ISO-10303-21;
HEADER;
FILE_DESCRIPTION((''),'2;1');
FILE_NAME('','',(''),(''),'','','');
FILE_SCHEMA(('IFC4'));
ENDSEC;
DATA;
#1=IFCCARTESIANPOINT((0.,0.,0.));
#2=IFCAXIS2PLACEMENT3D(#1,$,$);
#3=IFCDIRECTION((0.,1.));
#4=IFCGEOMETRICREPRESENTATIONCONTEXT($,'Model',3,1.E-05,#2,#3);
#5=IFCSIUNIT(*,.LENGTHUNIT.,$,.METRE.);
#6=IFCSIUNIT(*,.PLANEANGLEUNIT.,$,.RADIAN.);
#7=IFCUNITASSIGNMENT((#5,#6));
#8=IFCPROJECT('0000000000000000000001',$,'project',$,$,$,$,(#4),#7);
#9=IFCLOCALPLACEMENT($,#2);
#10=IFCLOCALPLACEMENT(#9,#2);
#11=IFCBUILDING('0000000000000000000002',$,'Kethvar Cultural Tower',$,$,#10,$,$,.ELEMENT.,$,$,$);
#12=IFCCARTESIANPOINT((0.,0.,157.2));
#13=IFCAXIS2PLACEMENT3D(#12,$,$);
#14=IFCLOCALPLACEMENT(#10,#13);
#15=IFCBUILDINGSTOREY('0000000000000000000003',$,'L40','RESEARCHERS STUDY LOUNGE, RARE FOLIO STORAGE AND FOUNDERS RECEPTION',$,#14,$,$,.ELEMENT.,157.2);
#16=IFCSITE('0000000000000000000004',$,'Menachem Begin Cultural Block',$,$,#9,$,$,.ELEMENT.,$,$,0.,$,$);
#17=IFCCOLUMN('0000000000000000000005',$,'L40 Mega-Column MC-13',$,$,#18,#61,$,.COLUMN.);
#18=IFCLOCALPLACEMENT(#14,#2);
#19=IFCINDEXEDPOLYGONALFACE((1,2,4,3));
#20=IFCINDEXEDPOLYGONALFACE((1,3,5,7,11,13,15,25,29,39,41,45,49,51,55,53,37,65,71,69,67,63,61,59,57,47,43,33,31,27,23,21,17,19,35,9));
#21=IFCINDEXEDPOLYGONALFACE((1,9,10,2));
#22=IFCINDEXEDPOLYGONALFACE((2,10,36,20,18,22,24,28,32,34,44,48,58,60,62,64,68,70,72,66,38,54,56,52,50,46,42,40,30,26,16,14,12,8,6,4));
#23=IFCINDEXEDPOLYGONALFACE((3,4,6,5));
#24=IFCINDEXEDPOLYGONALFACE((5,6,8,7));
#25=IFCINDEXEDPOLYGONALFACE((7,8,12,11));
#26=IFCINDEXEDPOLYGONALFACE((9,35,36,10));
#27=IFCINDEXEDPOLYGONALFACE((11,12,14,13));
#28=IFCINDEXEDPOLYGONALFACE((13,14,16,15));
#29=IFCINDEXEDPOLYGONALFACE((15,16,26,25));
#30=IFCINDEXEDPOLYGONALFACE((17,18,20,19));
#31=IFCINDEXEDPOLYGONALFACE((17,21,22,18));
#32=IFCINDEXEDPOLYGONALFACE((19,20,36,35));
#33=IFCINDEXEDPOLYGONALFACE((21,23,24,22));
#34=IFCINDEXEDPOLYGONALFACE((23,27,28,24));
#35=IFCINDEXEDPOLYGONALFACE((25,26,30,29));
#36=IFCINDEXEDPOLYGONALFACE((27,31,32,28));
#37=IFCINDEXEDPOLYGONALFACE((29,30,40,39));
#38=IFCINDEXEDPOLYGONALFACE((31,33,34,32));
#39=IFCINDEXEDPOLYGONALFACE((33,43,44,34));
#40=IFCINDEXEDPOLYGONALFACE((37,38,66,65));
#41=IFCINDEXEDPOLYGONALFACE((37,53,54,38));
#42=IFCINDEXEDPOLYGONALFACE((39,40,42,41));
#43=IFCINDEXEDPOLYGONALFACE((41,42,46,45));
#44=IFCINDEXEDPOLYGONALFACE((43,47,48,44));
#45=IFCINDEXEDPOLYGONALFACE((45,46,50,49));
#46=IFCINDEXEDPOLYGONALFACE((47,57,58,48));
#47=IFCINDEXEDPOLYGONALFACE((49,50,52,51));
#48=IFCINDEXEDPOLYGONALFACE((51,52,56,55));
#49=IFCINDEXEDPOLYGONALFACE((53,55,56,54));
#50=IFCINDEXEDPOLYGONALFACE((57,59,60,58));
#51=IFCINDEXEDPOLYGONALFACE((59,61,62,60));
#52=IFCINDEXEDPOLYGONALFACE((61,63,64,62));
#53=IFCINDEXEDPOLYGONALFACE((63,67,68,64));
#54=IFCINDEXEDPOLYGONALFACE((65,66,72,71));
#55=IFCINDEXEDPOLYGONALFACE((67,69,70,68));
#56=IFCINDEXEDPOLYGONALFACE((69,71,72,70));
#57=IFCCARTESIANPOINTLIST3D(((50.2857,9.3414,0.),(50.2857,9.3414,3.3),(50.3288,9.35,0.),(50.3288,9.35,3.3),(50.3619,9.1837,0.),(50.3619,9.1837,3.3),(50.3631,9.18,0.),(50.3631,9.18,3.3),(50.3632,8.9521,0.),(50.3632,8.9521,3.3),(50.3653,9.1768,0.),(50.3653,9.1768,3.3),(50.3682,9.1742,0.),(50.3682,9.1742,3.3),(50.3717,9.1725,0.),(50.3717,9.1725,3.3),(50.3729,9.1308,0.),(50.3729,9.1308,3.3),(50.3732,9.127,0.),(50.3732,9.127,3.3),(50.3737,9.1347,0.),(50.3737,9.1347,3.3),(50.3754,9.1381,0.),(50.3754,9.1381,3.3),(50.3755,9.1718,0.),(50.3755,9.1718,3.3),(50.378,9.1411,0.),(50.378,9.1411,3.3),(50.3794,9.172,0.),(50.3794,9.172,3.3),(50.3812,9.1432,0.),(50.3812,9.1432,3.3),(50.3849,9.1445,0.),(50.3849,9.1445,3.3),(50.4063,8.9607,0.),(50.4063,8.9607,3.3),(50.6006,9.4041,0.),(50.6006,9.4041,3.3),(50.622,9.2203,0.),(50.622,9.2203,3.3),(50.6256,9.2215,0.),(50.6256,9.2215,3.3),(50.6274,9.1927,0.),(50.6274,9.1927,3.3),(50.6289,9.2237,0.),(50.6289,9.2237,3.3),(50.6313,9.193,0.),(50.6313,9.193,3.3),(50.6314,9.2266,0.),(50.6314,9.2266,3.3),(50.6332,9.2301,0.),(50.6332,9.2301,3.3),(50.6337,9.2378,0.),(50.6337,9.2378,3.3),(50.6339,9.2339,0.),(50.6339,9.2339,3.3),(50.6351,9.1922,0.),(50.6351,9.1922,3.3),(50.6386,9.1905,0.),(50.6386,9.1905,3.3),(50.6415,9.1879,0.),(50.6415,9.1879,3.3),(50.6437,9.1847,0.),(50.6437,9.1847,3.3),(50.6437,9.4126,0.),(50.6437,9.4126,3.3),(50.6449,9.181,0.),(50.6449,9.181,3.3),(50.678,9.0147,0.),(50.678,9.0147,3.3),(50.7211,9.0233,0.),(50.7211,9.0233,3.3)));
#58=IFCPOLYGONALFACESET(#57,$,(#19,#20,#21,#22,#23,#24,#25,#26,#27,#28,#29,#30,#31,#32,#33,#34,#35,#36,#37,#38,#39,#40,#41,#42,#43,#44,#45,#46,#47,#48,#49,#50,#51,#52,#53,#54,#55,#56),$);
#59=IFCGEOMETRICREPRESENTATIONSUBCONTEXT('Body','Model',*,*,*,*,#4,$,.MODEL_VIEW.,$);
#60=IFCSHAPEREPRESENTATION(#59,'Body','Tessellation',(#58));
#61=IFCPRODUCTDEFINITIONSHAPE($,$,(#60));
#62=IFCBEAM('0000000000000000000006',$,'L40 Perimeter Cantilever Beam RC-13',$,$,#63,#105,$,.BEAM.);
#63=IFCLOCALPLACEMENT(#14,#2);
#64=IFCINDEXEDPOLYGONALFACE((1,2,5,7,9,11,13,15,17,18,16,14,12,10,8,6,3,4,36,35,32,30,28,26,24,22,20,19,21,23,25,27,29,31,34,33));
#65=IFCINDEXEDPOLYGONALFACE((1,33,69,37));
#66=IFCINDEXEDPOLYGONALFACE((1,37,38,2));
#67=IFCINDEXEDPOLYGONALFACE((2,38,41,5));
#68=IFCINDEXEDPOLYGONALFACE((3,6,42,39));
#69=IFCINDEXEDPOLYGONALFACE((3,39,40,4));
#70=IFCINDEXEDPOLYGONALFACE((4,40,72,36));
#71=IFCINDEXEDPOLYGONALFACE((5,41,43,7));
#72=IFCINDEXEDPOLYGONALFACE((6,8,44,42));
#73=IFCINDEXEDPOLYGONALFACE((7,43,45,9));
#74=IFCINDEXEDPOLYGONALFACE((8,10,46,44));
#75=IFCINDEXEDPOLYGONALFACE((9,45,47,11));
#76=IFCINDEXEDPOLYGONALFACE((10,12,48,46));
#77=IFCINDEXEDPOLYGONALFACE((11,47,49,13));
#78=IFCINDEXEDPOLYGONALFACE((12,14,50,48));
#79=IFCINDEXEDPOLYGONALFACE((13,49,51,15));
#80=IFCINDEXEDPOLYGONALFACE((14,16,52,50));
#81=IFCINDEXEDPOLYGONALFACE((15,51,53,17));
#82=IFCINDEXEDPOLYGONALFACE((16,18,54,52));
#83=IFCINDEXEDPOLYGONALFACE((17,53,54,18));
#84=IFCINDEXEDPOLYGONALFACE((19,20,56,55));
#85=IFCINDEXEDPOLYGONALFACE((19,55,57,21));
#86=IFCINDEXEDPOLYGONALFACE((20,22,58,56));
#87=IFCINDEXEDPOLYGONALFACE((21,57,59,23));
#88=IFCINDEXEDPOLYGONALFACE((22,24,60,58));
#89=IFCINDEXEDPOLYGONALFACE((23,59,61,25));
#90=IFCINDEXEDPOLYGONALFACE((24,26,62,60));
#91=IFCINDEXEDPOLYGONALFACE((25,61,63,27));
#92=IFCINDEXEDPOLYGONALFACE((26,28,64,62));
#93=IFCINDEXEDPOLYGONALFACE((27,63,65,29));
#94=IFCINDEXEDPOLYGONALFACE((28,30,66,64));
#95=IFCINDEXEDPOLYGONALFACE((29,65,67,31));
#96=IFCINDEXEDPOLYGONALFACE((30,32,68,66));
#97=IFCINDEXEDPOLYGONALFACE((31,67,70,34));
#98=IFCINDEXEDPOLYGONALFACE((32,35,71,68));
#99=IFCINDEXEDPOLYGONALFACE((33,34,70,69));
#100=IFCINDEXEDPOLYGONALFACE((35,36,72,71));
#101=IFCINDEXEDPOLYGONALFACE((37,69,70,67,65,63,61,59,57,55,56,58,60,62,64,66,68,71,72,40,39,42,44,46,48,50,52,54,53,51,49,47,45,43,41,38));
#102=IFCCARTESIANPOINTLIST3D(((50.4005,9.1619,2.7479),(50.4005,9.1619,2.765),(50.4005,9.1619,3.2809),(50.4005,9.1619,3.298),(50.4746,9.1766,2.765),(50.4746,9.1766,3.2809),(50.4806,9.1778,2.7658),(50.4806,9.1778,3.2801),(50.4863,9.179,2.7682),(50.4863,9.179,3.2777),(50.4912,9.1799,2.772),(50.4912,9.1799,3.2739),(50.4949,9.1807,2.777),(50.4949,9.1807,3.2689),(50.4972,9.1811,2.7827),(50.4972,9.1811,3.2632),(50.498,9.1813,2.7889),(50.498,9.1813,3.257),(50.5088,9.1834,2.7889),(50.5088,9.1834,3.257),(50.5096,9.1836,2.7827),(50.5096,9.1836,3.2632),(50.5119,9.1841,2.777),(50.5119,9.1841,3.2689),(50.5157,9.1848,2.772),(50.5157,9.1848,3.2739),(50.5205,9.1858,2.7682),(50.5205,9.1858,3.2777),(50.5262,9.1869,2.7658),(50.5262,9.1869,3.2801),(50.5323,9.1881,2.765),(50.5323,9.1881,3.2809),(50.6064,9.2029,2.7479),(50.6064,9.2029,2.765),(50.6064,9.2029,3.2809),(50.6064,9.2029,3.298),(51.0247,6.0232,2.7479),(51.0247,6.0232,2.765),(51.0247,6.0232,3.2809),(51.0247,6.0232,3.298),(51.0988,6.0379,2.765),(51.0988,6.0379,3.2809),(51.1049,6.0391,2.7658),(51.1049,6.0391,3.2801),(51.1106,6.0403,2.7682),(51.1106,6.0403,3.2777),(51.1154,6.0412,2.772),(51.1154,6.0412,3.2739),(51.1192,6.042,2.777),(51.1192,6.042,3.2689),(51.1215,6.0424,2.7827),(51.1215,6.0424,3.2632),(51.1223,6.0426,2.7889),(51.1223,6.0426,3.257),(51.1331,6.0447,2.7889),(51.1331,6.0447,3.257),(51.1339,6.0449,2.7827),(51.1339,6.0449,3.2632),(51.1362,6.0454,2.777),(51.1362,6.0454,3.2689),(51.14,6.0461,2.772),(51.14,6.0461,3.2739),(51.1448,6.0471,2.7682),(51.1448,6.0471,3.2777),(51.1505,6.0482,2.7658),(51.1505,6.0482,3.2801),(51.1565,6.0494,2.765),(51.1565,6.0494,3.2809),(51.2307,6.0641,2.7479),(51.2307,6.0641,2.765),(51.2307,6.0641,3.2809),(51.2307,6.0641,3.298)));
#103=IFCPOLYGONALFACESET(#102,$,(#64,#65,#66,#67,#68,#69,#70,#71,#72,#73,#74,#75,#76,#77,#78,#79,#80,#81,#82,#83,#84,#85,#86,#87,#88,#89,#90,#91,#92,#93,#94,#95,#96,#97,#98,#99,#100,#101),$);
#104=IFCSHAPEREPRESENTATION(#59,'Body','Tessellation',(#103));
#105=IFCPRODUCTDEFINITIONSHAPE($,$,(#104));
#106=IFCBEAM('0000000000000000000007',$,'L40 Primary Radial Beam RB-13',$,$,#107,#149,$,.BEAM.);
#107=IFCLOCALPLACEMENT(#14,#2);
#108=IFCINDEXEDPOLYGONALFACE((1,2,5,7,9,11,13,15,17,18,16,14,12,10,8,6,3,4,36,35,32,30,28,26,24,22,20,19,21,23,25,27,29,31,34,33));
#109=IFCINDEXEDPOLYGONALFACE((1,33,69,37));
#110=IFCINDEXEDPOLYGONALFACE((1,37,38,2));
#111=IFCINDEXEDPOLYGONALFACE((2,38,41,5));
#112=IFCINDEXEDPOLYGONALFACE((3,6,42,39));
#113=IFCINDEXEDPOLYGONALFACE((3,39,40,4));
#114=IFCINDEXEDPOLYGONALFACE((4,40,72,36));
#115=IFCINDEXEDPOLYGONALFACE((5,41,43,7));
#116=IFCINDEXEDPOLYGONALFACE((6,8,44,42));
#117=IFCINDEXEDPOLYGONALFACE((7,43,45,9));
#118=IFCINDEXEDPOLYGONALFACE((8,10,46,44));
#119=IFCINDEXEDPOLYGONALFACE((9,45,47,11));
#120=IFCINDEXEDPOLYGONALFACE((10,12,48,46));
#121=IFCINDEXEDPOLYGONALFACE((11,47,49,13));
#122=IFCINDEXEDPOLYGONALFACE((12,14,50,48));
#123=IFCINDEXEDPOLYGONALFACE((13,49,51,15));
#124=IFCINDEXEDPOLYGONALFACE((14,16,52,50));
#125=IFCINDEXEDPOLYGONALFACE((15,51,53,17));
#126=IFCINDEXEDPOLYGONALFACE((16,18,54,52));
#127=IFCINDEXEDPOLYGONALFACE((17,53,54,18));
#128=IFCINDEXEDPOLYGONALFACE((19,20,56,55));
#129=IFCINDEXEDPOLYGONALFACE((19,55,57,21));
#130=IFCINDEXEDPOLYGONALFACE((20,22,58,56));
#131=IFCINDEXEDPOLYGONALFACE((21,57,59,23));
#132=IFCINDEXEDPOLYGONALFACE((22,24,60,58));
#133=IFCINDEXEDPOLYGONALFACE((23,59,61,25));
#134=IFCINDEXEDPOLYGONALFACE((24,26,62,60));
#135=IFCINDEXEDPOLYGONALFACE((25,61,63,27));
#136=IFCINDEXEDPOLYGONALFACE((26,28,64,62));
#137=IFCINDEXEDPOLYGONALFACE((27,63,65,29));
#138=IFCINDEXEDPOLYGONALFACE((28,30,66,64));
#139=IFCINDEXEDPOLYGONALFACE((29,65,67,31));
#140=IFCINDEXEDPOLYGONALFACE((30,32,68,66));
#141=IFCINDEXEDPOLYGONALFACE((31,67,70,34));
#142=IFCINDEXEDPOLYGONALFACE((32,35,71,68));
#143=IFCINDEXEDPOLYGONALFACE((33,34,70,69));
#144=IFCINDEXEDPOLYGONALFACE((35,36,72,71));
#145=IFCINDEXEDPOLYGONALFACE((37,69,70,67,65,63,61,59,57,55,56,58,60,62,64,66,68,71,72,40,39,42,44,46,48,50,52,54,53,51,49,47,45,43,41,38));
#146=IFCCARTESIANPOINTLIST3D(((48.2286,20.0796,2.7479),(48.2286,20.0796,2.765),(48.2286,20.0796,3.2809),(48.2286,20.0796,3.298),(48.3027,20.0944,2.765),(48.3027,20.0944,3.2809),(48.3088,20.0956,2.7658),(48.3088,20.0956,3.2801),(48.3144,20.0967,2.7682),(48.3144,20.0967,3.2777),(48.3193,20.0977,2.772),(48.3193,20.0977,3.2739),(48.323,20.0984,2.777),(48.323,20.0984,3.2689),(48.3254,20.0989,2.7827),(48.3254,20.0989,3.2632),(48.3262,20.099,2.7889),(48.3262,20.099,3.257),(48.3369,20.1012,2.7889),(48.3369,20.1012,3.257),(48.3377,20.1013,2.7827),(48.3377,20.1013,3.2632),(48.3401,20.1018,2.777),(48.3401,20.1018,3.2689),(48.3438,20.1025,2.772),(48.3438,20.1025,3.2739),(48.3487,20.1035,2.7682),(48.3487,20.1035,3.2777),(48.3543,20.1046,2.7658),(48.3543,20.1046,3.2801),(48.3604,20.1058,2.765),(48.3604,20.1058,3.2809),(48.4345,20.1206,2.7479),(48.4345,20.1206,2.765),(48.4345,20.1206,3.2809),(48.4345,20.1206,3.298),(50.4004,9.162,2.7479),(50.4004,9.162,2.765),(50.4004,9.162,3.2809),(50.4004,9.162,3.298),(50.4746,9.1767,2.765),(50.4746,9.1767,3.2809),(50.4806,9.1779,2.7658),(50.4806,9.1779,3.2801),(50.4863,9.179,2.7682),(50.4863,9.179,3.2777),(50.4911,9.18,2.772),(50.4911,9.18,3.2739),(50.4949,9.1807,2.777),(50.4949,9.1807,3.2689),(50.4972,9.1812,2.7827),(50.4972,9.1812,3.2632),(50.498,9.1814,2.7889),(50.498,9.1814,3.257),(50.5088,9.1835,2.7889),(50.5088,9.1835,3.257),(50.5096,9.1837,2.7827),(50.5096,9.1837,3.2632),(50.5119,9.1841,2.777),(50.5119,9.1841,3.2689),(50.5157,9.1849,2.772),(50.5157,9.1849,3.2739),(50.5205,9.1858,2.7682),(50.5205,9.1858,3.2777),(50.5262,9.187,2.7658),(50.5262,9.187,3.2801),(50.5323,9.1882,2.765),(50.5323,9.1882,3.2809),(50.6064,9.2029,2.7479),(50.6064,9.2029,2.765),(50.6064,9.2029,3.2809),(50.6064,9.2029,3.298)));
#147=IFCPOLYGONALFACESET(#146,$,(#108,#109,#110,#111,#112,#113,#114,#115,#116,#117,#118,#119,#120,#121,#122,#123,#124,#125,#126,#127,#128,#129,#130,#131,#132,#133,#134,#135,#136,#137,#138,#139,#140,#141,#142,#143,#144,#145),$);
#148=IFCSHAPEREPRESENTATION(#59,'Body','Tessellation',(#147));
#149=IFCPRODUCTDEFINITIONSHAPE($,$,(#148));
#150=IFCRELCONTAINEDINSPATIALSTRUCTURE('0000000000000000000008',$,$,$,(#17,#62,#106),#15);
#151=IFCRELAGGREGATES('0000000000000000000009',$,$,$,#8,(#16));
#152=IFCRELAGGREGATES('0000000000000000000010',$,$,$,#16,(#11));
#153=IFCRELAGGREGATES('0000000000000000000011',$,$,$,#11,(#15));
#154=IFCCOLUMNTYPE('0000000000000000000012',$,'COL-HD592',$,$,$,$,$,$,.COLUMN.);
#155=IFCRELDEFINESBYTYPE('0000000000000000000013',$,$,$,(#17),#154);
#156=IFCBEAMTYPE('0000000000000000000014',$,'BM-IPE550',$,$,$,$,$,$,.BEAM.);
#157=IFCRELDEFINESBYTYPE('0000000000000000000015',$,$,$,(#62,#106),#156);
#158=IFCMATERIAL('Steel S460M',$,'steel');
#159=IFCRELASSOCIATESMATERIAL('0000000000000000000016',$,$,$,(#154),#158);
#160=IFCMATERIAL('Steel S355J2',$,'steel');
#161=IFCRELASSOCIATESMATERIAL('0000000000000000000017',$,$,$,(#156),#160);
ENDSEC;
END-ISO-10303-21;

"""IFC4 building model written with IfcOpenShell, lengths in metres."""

from ifc_helpers import new_model, si_unit, direction, frame, origin, origin_2d, place, context, subcontext, project, spatial, i_section, extrude, source, transform, mapped, material, material_profile, profile_set, type_object, element, save


model = new_model("IFC4")

# Units and contexts
model_context = context("Model", 3, precision=1e-05, world=origin(), true_north=direction((0.0, 1.0)))
body_context = subcontext(model_context, "Body", "Model", "MODEL_VIEW")
ifc_project = project(units=[si_unit("LENGTHUNIT", "METRE"), si_unit("PLANEANGLEUNIT", "RADIAN")], contexts=[model_context])

# Site, building, storey
site_placement = place(None, origin())
site = spatial("IfcSite", under=ifc_project, at=site_placement, Name="Menachem Begin Cultural Block", CompositionType="ELEMENT", RefElevation=0.0)
building_placement = place(site_placement, origin())
building = spatial("IfcBuilding", under=site, at=building_placement, Name="Kethvar Cultural Tower", CompositionType="ELEMENT")
storey_placement = place(building_placement, frame((0.0, 0.0, 157.2)))
storey = spatial("IfcBuildingStorey", under=building, at=storey_placement, Name="L40", Description="RESEARCHERS STUDY LOUNGE, RARE FOLIO STORAGE AND FOUNDERS RECEPTION", CompositionType="ELEMENT", Elevation=157.2)

# Column
ifc_material_1 = material(Name="Steel S460M", Category="steel")
ifc_material_profile_1 = material_profile(ifc_material_1, i_section(OverallWidth=0.397, OverallDepth=0.365, WebThickness=0.0281, FlangeThickness=0.0439, FilletRadius=0.0149, at=origin_2d()), Name="Steel S460M — HD400x592")
ifc_profile_set_1 = profile_set([ifc_material_profile_1], Name="Steel S460M — HD400x592")
column_type = type_object("IfcColumnType", Name="COL-HD592", PredefinedType="COLUMN", material=ifc_profile_set_1)
shared_shape_1 = source(origin(), body_context, "Body", "SweptSolid", [
    extrude(i_section(OverallWidth=0.397, OverallDepth=0.365, WebThickness=0.0281, FlangeThickness=0.0439, FilletRadius=0.0149, at=origin_2d()), origin(), (0.0, 0.0, 1.0), 3.3),
])
column_placement = place(storey_placement, frame((50.5034, 9.1824, 0.0), z_axis=(0.0, 0.0, 1.0), x_axis=(0.19509, -0.980785, 0.0)))
element("IfcColumn", 1, at=column_placement, inside=storey, type_object=column_type, Name="L40 Mega-Column MC-13", PredefinedType="COLUMN", context=body_context, shape_type="MappedRepresentation", body=[
    mapped(shared_shape_1, transform((0.0, 0.0, 0.0), scale=1.0)),
])

# Beams
ifc_material_2 = material(Name="Steel S355J2", Category="steel")
ifc_material_profile_2 = material_profile(ifc_material_2, i_section(OverallWidth=0.21, OverallDepth=0.55, WebThickness=0.011, FlangeThickness=0.0171, FilletRadius=0.0239, at=origin_2d()), Name="Steel S355J2 — IPE550")
ifc_profile_set_2 = profile_set([ifc_material_profile_2], Name="Steel S355J2 — IPE550")
beam_type_1 = type_object("IfcBeamType", Name="BM-IPE550", PredefinedType="BEAM", material=ifc_profile_set_2)
shared_shape_2 = source(origin(), body_context, "Body", "SweptSolid", [
    extrude(i_section(OverallWidth=0.21, OverallDepth=0.55, WebThickness=0.011, FlangeThickness=0.0171, FilletRadius=0.0239, at=origin_2d()), origin(), (0.0, 0.0, 1.0), 3.2002),
])
beam_1_placement = place(storey_placement, frame((50.5034, 9.1824, 3.0229), z_axis=(0.195074, -0.980788, 0.0), x_axis=(0.980788, 0.195074, 0.0)))
element("IfcBeam", 2, at=beam_1_placement, inside=storey, type_object=beam_type_1, Name="L40 Perimeter Cantilever Beam RC-13", PredefinedType="BEAM", context=body_context, shape_type="MappedRepresentation", body=[
    mapped(shared_shape_2, transform((0.0, 0.0, 0.0), scale=1.0)),
])
shared_shape_3 = source(origin(), body_context, "Body", "SweptSolid", [
    extrude(i_section(OverallWidth=0.21, OverallDepth=0.55, WebThickness=0.011, FlangeThickness=0.0171, FilletRadius=0.0239, at=origin_2d()), origin(), (0.0, 0.0, 1.0), 11.1316),
])
beam_2_placement = place(storey_placement, frame((48.3315, 20.1001, 3.0229), z_axis=(0.195108, -0.980782, 0.0), x_axis=(0.980782, 0.195108, 0.0)))
element("IfcBeam", 3, at=beam_2_placement, inside=storey, type_object=beam_type_1, Name="L40 Primary Radial Beam RB-13", PredefinedType="BEAM", context=body_context, shape_type="MappedRepresentation", body=[
    mapped(shared_shape_3, transform((0.0, 0.0, 0.0), scale=1.0)),
])

save(model, "model.ifc")
